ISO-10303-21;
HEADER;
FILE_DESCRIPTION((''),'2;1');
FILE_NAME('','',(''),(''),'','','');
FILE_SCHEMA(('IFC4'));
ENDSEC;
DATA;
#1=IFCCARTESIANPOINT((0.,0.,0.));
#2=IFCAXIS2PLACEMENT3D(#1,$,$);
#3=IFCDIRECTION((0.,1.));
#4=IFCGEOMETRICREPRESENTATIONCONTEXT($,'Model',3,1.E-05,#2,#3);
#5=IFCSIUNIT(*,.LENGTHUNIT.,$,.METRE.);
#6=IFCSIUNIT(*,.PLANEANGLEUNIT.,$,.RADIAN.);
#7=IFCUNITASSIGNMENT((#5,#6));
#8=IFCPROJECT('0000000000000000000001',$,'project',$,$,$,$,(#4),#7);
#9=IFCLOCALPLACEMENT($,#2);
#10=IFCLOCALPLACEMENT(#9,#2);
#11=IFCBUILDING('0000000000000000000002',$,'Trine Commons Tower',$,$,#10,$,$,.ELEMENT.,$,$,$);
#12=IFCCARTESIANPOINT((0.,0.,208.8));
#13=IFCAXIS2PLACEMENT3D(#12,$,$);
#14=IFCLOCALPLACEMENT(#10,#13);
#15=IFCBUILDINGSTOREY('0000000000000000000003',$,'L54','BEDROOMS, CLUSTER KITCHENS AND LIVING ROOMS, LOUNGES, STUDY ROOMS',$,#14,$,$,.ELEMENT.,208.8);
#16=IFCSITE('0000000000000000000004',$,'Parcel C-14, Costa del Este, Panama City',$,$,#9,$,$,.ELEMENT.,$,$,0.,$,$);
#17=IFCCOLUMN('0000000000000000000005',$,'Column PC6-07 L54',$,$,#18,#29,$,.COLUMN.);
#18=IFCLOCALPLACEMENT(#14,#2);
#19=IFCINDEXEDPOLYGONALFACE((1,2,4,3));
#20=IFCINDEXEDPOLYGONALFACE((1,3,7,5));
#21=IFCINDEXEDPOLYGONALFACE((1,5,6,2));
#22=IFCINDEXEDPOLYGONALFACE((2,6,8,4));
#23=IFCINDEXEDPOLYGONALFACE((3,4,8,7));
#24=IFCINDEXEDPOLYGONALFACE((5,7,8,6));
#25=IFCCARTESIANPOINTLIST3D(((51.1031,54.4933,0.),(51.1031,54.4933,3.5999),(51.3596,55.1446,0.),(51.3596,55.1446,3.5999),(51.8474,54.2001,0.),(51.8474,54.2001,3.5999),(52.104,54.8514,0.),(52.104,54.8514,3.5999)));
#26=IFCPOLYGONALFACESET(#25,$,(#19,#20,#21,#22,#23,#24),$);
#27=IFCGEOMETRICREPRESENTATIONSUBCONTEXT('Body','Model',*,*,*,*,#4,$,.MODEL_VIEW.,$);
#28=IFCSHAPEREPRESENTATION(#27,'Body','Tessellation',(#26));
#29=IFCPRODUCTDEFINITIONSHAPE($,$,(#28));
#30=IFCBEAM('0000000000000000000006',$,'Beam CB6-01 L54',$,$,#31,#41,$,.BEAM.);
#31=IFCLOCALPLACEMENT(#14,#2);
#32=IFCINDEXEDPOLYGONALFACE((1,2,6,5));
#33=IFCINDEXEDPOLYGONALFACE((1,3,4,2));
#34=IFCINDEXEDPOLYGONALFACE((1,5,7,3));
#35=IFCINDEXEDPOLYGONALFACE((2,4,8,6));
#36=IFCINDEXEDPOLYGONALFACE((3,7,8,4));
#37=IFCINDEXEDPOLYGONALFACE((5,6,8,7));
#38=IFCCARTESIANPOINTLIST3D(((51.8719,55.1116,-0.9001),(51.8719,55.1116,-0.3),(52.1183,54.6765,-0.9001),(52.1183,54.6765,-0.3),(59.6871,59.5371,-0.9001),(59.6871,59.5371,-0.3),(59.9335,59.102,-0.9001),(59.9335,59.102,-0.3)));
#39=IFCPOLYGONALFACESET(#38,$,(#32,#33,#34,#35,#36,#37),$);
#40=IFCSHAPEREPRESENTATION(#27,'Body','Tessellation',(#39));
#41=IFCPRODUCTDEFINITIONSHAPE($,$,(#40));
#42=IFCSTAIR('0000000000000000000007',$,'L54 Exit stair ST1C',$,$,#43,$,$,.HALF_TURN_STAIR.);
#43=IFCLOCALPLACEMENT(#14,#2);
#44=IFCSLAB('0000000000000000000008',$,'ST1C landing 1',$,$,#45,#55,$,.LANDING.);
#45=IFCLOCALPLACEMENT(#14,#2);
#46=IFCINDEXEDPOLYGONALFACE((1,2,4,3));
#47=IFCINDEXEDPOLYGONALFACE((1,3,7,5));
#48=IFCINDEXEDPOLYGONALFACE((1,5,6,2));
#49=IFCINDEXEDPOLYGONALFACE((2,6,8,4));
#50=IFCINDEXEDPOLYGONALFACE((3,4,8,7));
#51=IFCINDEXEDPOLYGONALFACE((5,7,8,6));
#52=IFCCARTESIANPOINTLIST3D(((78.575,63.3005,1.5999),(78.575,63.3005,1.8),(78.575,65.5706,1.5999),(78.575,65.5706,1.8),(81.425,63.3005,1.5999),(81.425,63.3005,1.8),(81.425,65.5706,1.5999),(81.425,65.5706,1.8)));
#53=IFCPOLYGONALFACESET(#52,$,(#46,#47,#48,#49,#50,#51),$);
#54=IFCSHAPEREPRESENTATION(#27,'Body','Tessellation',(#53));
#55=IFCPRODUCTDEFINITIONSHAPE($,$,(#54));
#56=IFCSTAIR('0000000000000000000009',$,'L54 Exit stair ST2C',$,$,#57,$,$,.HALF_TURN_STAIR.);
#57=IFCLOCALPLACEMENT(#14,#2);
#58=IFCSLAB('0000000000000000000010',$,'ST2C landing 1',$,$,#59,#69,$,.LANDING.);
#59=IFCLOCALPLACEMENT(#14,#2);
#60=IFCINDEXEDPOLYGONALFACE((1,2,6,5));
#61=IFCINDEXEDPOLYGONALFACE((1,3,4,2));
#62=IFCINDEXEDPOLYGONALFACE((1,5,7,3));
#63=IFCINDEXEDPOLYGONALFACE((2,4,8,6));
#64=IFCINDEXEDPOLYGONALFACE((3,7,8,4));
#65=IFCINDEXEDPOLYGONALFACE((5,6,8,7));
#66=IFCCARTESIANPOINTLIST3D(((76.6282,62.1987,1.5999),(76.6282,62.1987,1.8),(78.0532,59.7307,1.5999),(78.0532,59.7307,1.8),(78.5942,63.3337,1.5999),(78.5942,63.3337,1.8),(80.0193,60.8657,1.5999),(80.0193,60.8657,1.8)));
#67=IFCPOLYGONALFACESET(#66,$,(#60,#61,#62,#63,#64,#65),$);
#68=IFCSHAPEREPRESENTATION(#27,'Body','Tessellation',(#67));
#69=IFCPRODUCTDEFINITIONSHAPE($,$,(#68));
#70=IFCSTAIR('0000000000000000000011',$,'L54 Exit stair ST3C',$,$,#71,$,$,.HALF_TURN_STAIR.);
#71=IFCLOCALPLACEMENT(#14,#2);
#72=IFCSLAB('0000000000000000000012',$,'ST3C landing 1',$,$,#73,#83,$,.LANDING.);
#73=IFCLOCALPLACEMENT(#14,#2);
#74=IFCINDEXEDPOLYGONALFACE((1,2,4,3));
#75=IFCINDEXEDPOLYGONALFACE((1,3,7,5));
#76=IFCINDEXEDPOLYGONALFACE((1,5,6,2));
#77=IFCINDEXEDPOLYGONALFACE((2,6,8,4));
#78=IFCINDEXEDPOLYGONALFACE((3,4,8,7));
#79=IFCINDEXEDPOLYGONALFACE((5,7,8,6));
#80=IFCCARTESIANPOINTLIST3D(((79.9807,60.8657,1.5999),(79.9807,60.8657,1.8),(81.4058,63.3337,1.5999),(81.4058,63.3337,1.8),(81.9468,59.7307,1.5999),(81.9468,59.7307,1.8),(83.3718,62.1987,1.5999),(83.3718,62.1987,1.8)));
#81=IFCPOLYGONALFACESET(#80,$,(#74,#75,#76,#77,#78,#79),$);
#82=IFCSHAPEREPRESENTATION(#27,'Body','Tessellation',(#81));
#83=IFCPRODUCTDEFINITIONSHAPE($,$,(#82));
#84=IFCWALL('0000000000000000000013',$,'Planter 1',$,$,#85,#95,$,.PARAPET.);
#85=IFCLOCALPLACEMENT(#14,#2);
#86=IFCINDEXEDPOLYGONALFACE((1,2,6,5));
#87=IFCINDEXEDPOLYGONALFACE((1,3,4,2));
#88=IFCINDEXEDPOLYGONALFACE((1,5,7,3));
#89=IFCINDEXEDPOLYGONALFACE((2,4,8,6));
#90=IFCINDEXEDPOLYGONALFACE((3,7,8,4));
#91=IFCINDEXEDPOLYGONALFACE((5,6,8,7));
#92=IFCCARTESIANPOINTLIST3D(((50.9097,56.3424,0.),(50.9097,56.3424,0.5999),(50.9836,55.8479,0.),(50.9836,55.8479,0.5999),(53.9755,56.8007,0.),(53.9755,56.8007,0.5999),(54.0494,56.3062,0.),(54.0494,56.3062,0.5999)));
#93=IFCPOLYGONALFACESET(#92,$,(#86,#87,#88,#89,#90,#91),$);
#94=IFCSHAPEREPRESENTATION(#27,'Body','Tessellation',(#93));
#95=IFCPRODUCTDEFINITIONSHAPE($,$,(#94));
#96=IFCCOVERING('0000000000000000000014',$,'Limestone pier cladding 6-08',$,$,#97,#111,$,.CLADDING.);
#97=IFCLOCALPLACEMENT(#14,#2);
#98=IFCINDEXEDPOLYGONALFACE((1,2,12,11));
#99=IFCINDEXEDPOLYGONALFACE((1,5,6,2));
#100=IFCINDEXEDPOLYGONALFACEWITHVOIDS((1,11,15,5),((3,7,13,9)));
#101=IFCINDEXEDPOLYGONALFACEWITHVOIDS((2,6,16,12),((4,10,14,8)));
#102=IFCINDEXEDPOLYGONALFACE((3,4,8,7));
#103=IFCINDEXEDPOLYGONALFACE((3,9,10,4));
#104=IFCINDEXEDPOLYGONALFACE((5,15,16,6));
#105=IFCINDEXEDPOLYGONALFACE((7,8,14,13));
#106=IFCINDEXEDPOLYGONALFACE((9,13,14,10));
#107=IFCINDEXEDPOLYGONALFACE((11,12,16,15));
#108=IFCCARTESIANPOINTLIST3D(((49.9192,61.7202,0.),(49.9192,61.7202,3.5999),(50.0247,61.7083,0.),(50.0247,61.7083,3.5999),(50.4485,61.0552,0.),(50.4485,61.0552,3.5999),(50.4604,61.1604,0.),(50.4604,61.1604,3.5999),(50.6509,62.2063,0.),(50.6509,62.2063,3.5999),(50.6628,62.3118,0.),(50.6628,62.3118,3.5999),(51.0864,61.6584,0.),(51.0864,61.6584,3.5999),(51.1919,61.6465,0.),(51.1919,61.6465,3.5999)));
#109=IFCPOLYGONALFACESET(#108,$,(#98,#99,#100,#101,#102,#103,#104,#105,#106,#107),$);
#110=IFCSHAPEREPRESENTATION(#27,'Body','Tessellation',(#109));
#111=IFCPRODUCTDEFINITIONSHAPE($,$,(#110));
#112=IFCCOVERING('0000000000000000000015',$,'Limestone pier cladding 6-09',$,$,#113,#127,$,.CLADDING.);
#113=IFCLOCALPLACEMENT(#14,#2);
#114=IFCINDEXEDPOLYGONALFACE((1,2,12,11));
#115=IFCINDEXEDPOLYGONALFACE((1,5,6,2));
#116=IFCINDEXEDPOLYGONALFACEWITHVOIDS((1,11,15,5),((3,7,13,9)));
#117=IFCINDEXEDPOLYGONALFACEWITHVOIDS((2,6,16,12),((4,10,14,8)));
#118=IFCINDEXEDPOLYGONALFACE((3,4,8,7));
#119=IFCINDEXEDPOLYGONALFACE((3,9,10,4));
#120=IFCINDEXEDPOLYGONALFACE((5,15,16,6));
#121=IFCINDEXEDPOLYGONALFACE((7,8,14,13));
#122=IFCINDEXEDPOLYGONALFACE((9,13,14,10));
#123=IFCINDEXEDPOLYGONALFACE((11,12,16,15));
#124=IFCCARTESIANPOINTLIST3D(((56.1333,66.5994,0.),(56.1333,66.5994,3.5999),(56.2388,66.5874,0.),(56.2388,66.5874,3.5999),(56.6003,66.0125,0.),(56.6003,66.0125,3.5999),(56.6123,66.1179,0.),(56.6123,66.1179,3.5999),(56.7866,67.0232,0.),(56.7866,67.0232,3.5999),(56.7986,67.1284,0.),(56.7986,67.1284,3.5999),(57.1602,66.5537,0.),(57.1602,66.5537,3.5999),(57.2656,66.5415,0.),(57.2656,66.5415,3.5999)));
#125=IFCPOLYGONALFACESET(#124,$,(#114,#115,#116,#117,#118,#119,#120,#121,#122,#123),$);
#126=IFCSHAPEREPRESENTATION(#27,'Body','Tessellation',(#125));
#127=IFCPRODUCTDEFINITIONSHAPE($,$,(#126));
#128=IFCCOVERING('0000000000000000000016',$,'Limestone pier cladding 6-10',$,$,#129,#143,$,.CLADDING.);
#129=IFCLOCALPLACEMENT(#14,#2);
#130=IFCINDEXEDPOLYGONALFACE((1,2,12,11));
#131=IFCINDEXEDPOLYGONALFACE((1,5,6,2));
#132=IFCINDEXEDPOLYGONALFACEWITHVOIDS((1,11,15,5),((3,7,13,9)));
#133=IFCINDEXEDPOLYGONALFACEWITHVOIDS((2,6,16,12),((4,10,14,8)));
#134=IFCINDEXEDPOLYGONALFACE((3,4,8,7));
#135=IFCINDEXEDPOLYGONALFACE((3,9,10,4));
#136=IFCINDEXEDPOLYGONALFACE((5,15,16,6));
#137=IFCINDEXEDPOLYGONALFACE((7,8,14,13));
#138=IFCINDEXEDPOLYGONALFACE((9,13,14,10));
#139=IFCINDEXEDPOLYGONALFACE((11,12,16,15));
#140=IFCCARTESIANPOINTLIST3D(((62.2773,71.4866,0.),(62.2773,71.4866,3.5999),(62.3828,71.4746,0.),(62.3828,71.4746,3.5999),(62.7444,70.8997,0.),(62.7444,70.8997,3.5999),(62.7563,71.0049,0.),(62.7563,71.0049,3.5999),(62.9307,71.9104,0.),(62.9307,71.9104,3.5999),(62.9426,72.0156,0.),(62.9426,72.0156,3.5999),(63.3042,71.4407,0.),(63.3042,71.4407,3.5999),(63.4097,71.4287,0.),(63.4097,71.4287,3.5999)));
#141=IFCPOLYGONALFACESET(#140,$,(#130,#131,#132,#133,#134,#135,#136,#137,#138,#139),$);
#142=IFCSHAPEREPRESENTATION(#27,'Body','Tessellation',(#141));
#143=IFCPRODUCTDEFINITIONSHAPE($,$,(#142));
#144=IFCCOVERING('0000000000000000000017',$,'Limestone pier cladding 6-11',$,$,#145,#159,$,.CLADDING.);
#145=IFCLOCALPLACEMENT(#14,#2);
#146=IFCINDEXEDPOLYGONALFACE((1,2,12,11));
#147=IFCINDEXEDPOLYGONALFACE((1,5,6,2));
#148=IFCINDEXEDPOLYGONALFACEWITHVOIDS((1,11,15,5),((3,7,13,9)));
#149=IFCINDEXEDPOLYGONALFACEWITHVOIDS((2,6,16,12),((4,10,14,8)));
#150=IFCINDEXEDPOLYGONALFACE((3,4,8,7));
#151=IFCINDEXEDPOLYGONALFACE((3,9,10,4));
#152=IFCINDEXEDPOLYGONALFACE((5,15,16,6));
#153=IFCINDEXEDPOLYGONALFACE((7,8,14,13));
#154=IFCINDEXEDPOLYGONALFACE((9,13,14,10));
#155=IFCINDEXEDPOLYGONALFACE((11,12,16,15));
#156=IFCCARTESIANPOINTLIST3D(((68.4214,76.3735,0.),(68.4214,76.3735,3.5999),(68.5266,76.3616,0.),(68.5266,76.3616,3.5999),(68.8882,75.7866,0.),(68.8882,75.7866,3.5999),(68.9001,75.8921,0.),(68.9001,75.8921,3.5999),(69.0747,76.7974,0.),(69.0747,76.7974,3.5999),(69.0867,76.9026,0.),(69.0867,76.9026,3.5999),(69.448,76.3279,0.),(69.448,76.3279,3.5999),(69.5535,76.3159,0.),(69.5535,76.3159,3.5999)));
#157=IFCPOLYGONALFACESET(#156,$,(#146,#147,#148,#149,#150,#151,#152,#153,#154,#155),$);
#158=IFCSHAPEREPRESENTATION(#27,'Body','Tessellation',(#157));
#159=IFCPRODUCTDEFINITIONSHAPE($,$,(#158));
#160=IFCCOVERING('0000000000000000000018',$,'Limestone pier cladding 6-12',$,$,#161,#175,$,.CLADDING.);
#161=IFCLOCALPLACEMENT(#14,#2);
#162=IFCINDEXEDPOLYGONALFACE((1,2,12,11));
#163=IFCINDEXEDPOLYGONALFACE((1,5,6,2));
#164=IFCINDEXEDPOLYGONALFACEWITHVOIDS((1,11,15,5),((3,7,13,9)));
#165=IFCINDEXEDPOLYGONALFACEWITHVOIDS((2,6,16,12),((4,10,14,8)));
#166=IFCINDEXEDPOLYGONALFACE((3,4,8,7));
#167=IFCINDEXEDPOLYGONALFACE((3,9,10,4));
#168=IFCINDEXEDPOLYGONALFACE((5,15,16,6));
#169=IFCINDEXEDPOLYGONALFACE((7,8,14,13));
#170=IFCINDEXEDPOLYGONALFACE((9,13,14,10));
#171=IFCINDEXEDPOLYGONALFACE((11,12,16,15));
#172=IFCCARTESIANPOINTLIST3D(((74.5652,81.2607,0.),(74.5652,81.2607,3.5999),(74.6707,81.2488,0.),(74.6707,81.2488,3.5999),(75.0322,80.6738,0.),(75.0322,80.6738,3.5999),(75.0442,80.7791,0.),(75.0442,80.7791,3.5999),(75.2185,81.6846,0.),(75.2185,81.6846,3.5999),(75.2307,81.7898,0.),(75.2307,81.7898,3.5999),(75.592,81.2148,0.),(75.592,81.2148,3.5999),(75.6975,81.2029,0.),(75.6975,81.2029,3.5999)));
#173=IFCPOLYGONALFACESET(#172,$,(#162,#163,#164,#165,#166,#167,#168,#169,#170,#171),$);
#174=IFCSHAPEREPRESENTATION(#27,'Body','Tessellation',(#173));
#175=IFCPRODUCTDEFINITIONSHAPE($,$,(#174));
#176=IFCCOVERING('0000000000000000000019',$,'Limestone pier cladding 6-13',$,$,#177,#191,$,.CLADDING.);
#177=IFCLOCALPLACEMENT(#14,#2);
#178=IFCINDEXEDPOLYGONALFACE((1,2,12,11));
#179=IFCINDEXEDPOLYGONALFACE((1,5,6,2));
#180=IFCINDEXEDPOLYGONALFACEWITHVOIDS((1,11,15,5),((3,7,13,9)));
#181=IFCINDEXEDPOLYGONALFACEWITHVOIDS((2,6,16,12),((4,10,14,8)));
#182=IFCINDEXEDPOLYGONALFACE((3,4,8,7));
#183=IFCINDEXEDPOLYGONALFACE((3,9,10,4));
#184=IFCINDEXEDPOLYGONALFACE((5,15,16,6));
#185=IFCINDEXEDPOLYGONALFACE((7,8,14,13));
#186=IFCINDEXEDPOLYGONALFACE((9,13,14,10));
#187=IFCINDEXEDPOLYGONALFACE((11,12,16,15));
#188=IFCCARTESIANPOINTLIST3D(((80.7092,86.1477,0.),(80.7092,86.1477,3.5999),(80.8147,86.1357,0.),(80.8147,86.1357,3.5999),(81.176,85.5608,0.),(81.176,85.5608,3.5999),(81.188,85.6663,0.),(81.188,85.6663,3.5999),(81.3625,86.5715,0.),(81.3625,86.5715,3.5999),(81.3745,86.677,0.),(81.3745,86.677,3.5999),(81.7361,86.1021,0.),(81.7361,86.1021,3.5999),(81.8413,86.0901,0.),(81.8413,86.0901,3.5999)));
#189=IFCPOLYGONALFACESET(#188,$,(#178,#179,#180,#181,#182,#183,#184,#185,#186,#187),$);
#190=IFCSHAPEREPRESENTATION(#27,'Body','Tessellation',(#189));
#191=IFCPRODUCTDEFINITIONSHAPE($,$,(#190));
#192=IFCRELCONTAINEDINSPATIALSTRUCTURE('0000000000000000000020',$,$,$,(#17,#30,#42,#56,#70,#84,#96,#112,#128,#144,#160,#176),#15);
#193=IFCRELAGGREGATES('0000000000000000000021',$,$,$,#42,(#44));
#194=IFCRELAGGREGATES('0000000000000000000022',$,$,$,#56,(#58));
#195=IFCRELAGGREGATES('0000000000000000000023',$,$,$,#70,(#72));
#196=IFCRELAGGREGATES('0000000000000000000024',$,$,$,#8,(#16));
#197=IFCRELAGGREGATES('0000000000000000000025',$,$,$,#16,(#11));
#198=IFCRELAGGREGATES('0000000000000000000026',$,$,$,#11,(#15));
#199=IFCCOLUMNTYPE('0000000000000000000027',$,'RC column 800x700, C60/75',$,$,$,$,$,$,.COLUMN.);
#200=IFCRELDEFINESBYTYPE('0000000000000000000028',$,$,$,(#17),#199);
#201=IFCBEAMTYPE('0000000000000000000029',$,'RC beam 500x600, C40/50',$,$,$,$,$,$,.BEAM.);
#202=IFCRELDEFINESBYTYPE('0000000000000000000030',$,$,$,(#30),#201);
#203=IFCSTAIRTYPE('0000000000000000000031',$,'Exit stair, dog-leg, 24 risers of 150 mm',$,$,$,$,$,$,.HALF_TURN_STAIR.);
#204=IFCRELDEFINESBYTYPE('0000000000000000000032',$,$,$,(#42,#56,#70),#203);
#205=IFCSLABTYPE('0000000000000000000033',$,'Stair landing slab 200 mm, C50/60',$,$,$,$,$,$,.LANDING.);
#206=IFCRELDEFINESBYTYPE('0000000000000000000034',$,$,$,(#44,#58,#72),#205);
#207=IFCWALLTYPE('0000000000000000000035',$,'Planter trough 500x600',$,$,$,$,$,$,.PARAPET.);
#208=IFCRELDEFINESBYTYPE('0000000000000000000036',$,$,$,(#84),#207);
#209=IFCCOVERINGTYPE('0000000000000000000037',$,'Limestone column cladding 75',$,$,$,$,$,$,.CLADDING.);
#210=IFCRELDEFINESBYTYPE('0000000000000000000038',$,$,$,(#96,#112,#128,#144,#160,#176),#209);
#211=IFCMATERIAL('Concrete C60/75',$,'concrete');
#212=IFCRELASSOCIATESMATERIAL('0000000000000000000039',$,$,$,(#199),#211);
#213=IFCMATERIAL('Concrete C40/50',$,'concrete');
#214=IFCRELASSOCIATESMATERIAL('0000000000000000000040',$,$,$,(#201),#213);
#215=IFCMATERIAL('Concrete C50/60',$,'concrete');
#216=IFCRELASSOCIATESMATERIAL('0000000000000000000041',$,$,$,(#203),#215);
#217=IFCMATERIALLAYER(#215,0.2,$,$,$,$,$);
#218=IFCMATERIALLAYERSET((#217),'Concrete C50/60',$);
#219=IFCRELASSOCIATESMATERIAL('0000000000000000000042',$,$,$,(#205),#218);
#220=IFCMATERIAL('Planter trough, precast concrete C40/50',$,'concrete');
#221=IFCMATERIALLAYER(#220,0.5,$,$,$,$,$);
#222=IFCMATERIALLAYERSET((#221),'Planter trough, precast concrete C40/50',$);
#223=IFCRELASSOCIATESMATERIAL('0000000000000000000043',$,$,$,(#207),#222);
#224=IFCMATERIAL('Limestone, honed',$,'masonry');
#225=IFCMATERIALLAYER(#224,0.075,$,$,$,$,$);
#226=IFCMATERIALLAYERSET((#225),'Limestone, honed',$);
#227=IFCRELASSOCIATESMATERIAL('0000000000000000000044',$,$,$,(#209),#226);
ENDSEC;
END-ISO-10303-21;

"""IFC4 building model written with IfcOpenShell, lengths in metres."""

from ifc_helpers import new_model, si_unit, direction, frame, frame_2d, origin, origin_2d, place, context, subcontext, project, spatial, polyline, rectangle, outline, extrude, material, layer, layer_set, material_profile, profile_set, type_object, element, aggregate, save


model = new_model("IFC4")

# Units and contexts
model_context = context("Model", 3, precision=1e-05, world=origin(), true_north=direction((0.0, 1.0)))
body_context = subcontext(model_context, "Body", "Model", "MODEL_VIEW")
ifc_project = project(units=[si_unit("LENGTHUNIT", "METRE"), si_unit("PLANEANGLEUNIT", "RADIAN")], contexts=[model_context])

# Site, building, storey
site_placement = place(None, origin())
site = spatial("IfcSite", under=ifc_project, at=site_placement, Name="Parcel C-14, Costa del Este, Panama City", CompositionType="ELEMENT", RefElevation=0.0)
building_placement = place(site_placement, origin())
building = spatial("IfcBuilding", under=site, at=building_placement, Name="Trine Commons Tower", CompositionType="ELEMENT")
storey_placement = place(building_placement, frame((0.0, 0.0, 208.8)))
storey = spatial("IfcBuildingStorey", under=building, at=storey_placement, Name="L54", Description="BEDROOMS, CLUSTER KITCHENS AND LIVING ROOMS, LOUNGES, STUDY ROOMS", CompositionType="ELEMENT", Elevation=208.8)

# Column
ifc_material_1 = material(Name="Concrete C60/75", Category="concrete")
ifc_material_profile_1 = material_profile(ifc_material_1, rectangle(XDim=0.8, YDim=0.7, at=origin_2d()), Name="RC 800x700")
ifc_profile_set_1 = profile_set([ifc_material_profile_1], Name="Concrete C60/75")
column_type = type_object("IfcColumnType", Name="RC column 800x700, C60/75", PredefinedType="COLUMN", material=ifc_profile_set_1)
column_placement = place(storey_placement, frame((51.6035, 54.6724, 0.0), z_axis=(0.0, 0.0, 1.0), x_axis=(-0.930418, 0.366501, 0.0)))
element("IfcColumn", 1, at=column_placement, inside=storey, type_object=column_type, Name="Column PC6-07 L54", PredefinedType="COLUMN", context=body_context, shape_type="SweptSolid", body=[
    extrude(rectangle(XDim=0.8, YDim=0.7, at=origin_2d()), origin(), (0.0, 0.0, 1.0), 3.5999),
])

# Beam
ifc_material_2 = material(Name="Concrete C40/50", Category="concrete")
ifc_material_profile_2 = material_profile(ifc_material_2, rectangle(XDim=0.5, YDim=0.6001, at=origin_2d()), Name="RC 500x600")
ifc_profile_set_2 = profile_set([ifc_material_profile_2], Name="Concrete C40/50")
beam_type = type_object("IfcBeamType", Name="RC beam 500x600, C40/50", PredefinedType="BEAM", material=ifc_profile_set_2)
beam_placement = place(storey_placement, frame((51.9951, 54.894, -0.6001), z_axis=(0.870169, 0.492754, 0.0), x_axis=(-0.492754, 0.870169, 0.0)))
element("IfcBeam", 2, at=beam_placement, inside=storey, type_object=beam_type, Name="Beam CB6-01 L54", PredefinedType="BEAM", context=body_context, shape_type="SweptSolid", body=[
    extrude(rectangle(XDim=0.5, YDim=0.6001, at=origin_2d()), origin(), (0.0, 0.0, 1.0), 8.9812),
])

# Stairs, slabs
ifc_material_3 = material(Name="Concrete C50/60", Category="concrete")
stair_type = type_object("IfcStairType", Name="Exit stair, dog-leg, 24 risers of 150 mm", PredefinedType="HALF_TURN_STAIR", material=ifc_material_3)
stair_1_placement = place(storey_placement, origin())
stair_1 = element("IfcStair", 3, at=stair_1_placement, inside=storey, type_object=stair_type, Name="L54 Exit stair ST1C", PredefinedType="HALF_TURN_STAIR")
ifc_layer_1 = layer(ifc_material_3, 0.2)
ifc_layer_set_1 = layer_set([ifc_layer_1], Name="Concrete C50/60")
slab_type = type_object("IfcSlabType", Name="Stair landing slab 200 mm, C50/60", PredefinedType="LANDING", material=ifc_layer_set_1)
slab_1_placement = place(storey_placement, frame((0.0, 0.0, 1.5999)))
slab_1 = element("IfcSlab", 4, at=slab_1_placement, type_object=slab_type, Name="ST1C landing 1", PredefinedType="LANDING", context=body_context, shape_type="SweptSolid", body=[
    extrude(outline(polyline([(78.575, 65.5706), (78.575, 63.3005), (81.425, 63.3005), (81.425, 65.5706), (78.575, 65.5706)])), origin(), (0.0, 0.0, 1.0), 0.2002),
])
aggregate(stair_1, [slab_1])
stair_2_placement = place(storey_placement, origin())
stair_2 = element("IfcStair", 5, at=stair_2_placement, inside=storey, type_object=stair_type, Name="L54 Exit stair ST2C", PredefinedType="HALF_TURN_STAIR")
slab_2_placement = place(storey_placement, frame((0.0, 0.0, 1.5999)))
slab_2 = element("IfcSlab", 6, at=slab_2_placement, type_object=slab_type, Name="ST2C landing 1", PredefinedType="LANDING", context=body_context, shape_type="SweptSolid", body=[
    extrude(outline(polyline([(78.0532, 59.7307), (80.0193, 60.8657), (78.5942, 63.3337), (76.6282, 62.1987), (78.0532, 59.7307)])), origin(), (0.0, 0.0, 1.0), 0.2002),
])
aggregate(stair_2, [slab_2])
stair_3_placement = place(storey_placement, origin())
stair_3 = element("IfcStair", 7, at=stair_3_placement, inside=storey, type_object=stair_type, Name="L54 Exit stair ST3C", PredefinedType="HALF_TURN_STAIR")
slab_3_placement = place(storey_placement, frame((0.0, 0.0, 1.5999)))
slab_3 = element("IfcSlab", 8, at=slab_3_placement, type_object=slab_type, Name="ST3C landing 1", PredefinedType="LANDING", context=body_context, shape_type="SweptSolid", body=[
    extrude(outline(polyline([(83.3718, 62.1987), (81.4058, 63.3337), (79.9807, 60.8657), (81.9468, 59.7307), (83.3718, 62.1987)])), origin(), (0.0, 0.0, 1.0), 0.2002),
])
aggregate(stair_3, [slab_3])

# Wall
ifc_material_4 = material(Name="Planter trough, precast concrete C40/50", Category="concrete")
ifc_layer_2 = layer(ifc_material_4, 0.5)
ifc_layer_set_2 = layer_set([ifc_layer_2], Name="Planter trough, precast concrete C40/50")
wall_type = type_object("IfcWallType", Name="Planter trough 500x600", PredefinedType="PARAPET", material=ifc_layer_set_2)
wall_placement = place(storey_placement, frame((50.9468, 56.0952, 0.0), z_axis=(0.0, 0.0, 1.0), x_axis=(0.989012, 0.147836, 0.0)))
element("IfcWall", 9, at=wall_placement, inside=storey, type_object=wall_type, Name="Planter 1", PredefinedType="PARAPET", context=body_context, shape_type="SweptSolid", body=[
    extrude(rectangle(XDim=3.0999, YDim=0.5, at=frame_2d((1.5498, 0.0))), origin(), (0.0, 0.0, 1.0), 0.5999),
])

# Coverings
ifc_material_5 = material(Name="Limestone, honed", Category="masonry")
ifc_layer_3 = layer(ifc_material_5, 0.075)
ifc_layer_set_3 = layer_set([ifc_layer_3], Name="Limestone, honed")
covering_type_1 = type_object("IfcCoveringType", Name="Limestone column cladding 75", PredefinedType="CLADDING", material=ifc_layer_set_3)
covering_1_placement = place(storey_placement, origin())
element("IfcCovering", 10, at=covering_1_placement, inside=storey, type_object=covering_type_1, Name="Limestone pier cladding 6-08", PredefinedType="CLADDING", context=body_context, shape_type="SweptSolid", body=[
    extrude(outline(polyline([(51.1919, 61.6465), (50.6628, 62.3118), (49.9192, 61.7202), (50.4485, 61.0552), (51.1919, 61.6465)]), holes=[polyline([(51.0864, 61.6584), (50.6509, 62.2063), (50.0247, 61.7083), (50.4604, 61.1604), (51.0864, 61.6584)])]), origin(), (0.0, 0.0, 1.0), 3.5999),
])
covering_2_placement = place(storey_placement, origin())
element("IfcCovering", 11, at=covering_2_placement, inside=storey, type_object=covering_type_1, Name="Limestone pier cladding 6-09", PredefinedType="CLADDING", context=body_context, shape_type="SweptSolid", body=[
    extrude(outline(polyline([(57.2656, 66.5415), (56.7986, 67.1284), (56.1333, 66.5994), (56.6003, 66.0125), (57.2656, 66.5415)]), holes=[polyline([(57.1602, 66.5537), (56.7866, 67.0232), (56.2388, 66.5874), (56.6123, 66.1179), (57.1602, 66.5537)])]), origin(), (0.0, 0.0, 1.0), 3.5999),
])
covering_3_placement = place(storey_placement, origin())
element("IfcCovering", 12, at=covering_3_placement, inside=storey, type_object=covering_type_1, Name="Limestone pier cladding 6-10", PredefinedType="CLADDING", context=body_context, shape_type="SweptSolid", body=[
    extrude(outline(polyline([(63.4097, 71.4287), (62.9426, 72.0156), (62.2773, 71.4866), (62.7444, 70.8997), (63.4097, 71.4287)]), holes=[polyline([(63.3042, 71.4407), (62.9307, 71.9104), (62.3828, 71.4746), (62.7563, 71.0049), (63.3042, 71.4407)])]), origin(), (0.0, 0.0, 1.0), 3.5999),
])
covering_4_placement = place(storey_placement, origin())
element("IfcCovering", 13, at=covering_4_placement, inside=storey, type_object=covering_type_1, Name="Limestone pier cladding 6-11", PredefinedType="CLADDING", context=body_context, shape_type="SweptSolid", body=[
    extrude(outline(polyline([(69.5535, 76.3159), (69.0867, 76.9026), (68.4214, 76.3735), (68.8882, 75.7866), (69.5535, 76.3159)]), holes=[polyline([(69.448, 76.3279), (69.0747, 76.7974), (68.5266, 76.3616), (68.9001, 75.8921), (69.448, 76.3279)])]), origin(), (0.0, 0.0, 1.0), 3.5999),
])
covering_5_placement = place(storey_placement, origin())
element("IfcCovering", 14, at=covering_5_placement, inside=storey, type_object=covering_type_1, Name="Limestone pier cladding 6-12", PredefinedType="CLADDING", context=body_context, shape_type="SweptSolid", body=[
    extrude(outline(polyline([(75.6975, 81.2029), (75.2307, 81.7898), (74.5652, 81.2607), (75.0322, 80.6738), (75.6975, 81.2029)]), holes=[polyline([(75.592, 81.2148), (75.2185, 81.6846), (74.6707, 81.2488), (75.0442, 80.7791), (75.592, 81.2148)])]), origin(), (0.0, 0.0, 1.0), 3.5999),
])
covering_6_placement = place(storey_placement, origin())
element("IfcCovering", 15, at=covering_6_placement, inside=storey, type_object=covering_type_1, Name="Limestone pier cladding 6-13", PredefinedType="CLADDING", context=body_context, shape_type="SweptSolid", body=[
    extrude(outline(polyline([(81.8413, 86.0901), (81.3745, 86.677), (80.7092, 86.1477), (81.176, 85.5608), (81.8413, 86.0901)]), holes=[polyline([(81.7361, 86.1021), (81.3625, 86.5715), (80.8147, 86.1357), (81.188, 85.6663), (81.7361, 86.1021)])]), origin(), (0.0, 0.0, 1.0), 3.5999),
])

save(model, "model.ifc")
